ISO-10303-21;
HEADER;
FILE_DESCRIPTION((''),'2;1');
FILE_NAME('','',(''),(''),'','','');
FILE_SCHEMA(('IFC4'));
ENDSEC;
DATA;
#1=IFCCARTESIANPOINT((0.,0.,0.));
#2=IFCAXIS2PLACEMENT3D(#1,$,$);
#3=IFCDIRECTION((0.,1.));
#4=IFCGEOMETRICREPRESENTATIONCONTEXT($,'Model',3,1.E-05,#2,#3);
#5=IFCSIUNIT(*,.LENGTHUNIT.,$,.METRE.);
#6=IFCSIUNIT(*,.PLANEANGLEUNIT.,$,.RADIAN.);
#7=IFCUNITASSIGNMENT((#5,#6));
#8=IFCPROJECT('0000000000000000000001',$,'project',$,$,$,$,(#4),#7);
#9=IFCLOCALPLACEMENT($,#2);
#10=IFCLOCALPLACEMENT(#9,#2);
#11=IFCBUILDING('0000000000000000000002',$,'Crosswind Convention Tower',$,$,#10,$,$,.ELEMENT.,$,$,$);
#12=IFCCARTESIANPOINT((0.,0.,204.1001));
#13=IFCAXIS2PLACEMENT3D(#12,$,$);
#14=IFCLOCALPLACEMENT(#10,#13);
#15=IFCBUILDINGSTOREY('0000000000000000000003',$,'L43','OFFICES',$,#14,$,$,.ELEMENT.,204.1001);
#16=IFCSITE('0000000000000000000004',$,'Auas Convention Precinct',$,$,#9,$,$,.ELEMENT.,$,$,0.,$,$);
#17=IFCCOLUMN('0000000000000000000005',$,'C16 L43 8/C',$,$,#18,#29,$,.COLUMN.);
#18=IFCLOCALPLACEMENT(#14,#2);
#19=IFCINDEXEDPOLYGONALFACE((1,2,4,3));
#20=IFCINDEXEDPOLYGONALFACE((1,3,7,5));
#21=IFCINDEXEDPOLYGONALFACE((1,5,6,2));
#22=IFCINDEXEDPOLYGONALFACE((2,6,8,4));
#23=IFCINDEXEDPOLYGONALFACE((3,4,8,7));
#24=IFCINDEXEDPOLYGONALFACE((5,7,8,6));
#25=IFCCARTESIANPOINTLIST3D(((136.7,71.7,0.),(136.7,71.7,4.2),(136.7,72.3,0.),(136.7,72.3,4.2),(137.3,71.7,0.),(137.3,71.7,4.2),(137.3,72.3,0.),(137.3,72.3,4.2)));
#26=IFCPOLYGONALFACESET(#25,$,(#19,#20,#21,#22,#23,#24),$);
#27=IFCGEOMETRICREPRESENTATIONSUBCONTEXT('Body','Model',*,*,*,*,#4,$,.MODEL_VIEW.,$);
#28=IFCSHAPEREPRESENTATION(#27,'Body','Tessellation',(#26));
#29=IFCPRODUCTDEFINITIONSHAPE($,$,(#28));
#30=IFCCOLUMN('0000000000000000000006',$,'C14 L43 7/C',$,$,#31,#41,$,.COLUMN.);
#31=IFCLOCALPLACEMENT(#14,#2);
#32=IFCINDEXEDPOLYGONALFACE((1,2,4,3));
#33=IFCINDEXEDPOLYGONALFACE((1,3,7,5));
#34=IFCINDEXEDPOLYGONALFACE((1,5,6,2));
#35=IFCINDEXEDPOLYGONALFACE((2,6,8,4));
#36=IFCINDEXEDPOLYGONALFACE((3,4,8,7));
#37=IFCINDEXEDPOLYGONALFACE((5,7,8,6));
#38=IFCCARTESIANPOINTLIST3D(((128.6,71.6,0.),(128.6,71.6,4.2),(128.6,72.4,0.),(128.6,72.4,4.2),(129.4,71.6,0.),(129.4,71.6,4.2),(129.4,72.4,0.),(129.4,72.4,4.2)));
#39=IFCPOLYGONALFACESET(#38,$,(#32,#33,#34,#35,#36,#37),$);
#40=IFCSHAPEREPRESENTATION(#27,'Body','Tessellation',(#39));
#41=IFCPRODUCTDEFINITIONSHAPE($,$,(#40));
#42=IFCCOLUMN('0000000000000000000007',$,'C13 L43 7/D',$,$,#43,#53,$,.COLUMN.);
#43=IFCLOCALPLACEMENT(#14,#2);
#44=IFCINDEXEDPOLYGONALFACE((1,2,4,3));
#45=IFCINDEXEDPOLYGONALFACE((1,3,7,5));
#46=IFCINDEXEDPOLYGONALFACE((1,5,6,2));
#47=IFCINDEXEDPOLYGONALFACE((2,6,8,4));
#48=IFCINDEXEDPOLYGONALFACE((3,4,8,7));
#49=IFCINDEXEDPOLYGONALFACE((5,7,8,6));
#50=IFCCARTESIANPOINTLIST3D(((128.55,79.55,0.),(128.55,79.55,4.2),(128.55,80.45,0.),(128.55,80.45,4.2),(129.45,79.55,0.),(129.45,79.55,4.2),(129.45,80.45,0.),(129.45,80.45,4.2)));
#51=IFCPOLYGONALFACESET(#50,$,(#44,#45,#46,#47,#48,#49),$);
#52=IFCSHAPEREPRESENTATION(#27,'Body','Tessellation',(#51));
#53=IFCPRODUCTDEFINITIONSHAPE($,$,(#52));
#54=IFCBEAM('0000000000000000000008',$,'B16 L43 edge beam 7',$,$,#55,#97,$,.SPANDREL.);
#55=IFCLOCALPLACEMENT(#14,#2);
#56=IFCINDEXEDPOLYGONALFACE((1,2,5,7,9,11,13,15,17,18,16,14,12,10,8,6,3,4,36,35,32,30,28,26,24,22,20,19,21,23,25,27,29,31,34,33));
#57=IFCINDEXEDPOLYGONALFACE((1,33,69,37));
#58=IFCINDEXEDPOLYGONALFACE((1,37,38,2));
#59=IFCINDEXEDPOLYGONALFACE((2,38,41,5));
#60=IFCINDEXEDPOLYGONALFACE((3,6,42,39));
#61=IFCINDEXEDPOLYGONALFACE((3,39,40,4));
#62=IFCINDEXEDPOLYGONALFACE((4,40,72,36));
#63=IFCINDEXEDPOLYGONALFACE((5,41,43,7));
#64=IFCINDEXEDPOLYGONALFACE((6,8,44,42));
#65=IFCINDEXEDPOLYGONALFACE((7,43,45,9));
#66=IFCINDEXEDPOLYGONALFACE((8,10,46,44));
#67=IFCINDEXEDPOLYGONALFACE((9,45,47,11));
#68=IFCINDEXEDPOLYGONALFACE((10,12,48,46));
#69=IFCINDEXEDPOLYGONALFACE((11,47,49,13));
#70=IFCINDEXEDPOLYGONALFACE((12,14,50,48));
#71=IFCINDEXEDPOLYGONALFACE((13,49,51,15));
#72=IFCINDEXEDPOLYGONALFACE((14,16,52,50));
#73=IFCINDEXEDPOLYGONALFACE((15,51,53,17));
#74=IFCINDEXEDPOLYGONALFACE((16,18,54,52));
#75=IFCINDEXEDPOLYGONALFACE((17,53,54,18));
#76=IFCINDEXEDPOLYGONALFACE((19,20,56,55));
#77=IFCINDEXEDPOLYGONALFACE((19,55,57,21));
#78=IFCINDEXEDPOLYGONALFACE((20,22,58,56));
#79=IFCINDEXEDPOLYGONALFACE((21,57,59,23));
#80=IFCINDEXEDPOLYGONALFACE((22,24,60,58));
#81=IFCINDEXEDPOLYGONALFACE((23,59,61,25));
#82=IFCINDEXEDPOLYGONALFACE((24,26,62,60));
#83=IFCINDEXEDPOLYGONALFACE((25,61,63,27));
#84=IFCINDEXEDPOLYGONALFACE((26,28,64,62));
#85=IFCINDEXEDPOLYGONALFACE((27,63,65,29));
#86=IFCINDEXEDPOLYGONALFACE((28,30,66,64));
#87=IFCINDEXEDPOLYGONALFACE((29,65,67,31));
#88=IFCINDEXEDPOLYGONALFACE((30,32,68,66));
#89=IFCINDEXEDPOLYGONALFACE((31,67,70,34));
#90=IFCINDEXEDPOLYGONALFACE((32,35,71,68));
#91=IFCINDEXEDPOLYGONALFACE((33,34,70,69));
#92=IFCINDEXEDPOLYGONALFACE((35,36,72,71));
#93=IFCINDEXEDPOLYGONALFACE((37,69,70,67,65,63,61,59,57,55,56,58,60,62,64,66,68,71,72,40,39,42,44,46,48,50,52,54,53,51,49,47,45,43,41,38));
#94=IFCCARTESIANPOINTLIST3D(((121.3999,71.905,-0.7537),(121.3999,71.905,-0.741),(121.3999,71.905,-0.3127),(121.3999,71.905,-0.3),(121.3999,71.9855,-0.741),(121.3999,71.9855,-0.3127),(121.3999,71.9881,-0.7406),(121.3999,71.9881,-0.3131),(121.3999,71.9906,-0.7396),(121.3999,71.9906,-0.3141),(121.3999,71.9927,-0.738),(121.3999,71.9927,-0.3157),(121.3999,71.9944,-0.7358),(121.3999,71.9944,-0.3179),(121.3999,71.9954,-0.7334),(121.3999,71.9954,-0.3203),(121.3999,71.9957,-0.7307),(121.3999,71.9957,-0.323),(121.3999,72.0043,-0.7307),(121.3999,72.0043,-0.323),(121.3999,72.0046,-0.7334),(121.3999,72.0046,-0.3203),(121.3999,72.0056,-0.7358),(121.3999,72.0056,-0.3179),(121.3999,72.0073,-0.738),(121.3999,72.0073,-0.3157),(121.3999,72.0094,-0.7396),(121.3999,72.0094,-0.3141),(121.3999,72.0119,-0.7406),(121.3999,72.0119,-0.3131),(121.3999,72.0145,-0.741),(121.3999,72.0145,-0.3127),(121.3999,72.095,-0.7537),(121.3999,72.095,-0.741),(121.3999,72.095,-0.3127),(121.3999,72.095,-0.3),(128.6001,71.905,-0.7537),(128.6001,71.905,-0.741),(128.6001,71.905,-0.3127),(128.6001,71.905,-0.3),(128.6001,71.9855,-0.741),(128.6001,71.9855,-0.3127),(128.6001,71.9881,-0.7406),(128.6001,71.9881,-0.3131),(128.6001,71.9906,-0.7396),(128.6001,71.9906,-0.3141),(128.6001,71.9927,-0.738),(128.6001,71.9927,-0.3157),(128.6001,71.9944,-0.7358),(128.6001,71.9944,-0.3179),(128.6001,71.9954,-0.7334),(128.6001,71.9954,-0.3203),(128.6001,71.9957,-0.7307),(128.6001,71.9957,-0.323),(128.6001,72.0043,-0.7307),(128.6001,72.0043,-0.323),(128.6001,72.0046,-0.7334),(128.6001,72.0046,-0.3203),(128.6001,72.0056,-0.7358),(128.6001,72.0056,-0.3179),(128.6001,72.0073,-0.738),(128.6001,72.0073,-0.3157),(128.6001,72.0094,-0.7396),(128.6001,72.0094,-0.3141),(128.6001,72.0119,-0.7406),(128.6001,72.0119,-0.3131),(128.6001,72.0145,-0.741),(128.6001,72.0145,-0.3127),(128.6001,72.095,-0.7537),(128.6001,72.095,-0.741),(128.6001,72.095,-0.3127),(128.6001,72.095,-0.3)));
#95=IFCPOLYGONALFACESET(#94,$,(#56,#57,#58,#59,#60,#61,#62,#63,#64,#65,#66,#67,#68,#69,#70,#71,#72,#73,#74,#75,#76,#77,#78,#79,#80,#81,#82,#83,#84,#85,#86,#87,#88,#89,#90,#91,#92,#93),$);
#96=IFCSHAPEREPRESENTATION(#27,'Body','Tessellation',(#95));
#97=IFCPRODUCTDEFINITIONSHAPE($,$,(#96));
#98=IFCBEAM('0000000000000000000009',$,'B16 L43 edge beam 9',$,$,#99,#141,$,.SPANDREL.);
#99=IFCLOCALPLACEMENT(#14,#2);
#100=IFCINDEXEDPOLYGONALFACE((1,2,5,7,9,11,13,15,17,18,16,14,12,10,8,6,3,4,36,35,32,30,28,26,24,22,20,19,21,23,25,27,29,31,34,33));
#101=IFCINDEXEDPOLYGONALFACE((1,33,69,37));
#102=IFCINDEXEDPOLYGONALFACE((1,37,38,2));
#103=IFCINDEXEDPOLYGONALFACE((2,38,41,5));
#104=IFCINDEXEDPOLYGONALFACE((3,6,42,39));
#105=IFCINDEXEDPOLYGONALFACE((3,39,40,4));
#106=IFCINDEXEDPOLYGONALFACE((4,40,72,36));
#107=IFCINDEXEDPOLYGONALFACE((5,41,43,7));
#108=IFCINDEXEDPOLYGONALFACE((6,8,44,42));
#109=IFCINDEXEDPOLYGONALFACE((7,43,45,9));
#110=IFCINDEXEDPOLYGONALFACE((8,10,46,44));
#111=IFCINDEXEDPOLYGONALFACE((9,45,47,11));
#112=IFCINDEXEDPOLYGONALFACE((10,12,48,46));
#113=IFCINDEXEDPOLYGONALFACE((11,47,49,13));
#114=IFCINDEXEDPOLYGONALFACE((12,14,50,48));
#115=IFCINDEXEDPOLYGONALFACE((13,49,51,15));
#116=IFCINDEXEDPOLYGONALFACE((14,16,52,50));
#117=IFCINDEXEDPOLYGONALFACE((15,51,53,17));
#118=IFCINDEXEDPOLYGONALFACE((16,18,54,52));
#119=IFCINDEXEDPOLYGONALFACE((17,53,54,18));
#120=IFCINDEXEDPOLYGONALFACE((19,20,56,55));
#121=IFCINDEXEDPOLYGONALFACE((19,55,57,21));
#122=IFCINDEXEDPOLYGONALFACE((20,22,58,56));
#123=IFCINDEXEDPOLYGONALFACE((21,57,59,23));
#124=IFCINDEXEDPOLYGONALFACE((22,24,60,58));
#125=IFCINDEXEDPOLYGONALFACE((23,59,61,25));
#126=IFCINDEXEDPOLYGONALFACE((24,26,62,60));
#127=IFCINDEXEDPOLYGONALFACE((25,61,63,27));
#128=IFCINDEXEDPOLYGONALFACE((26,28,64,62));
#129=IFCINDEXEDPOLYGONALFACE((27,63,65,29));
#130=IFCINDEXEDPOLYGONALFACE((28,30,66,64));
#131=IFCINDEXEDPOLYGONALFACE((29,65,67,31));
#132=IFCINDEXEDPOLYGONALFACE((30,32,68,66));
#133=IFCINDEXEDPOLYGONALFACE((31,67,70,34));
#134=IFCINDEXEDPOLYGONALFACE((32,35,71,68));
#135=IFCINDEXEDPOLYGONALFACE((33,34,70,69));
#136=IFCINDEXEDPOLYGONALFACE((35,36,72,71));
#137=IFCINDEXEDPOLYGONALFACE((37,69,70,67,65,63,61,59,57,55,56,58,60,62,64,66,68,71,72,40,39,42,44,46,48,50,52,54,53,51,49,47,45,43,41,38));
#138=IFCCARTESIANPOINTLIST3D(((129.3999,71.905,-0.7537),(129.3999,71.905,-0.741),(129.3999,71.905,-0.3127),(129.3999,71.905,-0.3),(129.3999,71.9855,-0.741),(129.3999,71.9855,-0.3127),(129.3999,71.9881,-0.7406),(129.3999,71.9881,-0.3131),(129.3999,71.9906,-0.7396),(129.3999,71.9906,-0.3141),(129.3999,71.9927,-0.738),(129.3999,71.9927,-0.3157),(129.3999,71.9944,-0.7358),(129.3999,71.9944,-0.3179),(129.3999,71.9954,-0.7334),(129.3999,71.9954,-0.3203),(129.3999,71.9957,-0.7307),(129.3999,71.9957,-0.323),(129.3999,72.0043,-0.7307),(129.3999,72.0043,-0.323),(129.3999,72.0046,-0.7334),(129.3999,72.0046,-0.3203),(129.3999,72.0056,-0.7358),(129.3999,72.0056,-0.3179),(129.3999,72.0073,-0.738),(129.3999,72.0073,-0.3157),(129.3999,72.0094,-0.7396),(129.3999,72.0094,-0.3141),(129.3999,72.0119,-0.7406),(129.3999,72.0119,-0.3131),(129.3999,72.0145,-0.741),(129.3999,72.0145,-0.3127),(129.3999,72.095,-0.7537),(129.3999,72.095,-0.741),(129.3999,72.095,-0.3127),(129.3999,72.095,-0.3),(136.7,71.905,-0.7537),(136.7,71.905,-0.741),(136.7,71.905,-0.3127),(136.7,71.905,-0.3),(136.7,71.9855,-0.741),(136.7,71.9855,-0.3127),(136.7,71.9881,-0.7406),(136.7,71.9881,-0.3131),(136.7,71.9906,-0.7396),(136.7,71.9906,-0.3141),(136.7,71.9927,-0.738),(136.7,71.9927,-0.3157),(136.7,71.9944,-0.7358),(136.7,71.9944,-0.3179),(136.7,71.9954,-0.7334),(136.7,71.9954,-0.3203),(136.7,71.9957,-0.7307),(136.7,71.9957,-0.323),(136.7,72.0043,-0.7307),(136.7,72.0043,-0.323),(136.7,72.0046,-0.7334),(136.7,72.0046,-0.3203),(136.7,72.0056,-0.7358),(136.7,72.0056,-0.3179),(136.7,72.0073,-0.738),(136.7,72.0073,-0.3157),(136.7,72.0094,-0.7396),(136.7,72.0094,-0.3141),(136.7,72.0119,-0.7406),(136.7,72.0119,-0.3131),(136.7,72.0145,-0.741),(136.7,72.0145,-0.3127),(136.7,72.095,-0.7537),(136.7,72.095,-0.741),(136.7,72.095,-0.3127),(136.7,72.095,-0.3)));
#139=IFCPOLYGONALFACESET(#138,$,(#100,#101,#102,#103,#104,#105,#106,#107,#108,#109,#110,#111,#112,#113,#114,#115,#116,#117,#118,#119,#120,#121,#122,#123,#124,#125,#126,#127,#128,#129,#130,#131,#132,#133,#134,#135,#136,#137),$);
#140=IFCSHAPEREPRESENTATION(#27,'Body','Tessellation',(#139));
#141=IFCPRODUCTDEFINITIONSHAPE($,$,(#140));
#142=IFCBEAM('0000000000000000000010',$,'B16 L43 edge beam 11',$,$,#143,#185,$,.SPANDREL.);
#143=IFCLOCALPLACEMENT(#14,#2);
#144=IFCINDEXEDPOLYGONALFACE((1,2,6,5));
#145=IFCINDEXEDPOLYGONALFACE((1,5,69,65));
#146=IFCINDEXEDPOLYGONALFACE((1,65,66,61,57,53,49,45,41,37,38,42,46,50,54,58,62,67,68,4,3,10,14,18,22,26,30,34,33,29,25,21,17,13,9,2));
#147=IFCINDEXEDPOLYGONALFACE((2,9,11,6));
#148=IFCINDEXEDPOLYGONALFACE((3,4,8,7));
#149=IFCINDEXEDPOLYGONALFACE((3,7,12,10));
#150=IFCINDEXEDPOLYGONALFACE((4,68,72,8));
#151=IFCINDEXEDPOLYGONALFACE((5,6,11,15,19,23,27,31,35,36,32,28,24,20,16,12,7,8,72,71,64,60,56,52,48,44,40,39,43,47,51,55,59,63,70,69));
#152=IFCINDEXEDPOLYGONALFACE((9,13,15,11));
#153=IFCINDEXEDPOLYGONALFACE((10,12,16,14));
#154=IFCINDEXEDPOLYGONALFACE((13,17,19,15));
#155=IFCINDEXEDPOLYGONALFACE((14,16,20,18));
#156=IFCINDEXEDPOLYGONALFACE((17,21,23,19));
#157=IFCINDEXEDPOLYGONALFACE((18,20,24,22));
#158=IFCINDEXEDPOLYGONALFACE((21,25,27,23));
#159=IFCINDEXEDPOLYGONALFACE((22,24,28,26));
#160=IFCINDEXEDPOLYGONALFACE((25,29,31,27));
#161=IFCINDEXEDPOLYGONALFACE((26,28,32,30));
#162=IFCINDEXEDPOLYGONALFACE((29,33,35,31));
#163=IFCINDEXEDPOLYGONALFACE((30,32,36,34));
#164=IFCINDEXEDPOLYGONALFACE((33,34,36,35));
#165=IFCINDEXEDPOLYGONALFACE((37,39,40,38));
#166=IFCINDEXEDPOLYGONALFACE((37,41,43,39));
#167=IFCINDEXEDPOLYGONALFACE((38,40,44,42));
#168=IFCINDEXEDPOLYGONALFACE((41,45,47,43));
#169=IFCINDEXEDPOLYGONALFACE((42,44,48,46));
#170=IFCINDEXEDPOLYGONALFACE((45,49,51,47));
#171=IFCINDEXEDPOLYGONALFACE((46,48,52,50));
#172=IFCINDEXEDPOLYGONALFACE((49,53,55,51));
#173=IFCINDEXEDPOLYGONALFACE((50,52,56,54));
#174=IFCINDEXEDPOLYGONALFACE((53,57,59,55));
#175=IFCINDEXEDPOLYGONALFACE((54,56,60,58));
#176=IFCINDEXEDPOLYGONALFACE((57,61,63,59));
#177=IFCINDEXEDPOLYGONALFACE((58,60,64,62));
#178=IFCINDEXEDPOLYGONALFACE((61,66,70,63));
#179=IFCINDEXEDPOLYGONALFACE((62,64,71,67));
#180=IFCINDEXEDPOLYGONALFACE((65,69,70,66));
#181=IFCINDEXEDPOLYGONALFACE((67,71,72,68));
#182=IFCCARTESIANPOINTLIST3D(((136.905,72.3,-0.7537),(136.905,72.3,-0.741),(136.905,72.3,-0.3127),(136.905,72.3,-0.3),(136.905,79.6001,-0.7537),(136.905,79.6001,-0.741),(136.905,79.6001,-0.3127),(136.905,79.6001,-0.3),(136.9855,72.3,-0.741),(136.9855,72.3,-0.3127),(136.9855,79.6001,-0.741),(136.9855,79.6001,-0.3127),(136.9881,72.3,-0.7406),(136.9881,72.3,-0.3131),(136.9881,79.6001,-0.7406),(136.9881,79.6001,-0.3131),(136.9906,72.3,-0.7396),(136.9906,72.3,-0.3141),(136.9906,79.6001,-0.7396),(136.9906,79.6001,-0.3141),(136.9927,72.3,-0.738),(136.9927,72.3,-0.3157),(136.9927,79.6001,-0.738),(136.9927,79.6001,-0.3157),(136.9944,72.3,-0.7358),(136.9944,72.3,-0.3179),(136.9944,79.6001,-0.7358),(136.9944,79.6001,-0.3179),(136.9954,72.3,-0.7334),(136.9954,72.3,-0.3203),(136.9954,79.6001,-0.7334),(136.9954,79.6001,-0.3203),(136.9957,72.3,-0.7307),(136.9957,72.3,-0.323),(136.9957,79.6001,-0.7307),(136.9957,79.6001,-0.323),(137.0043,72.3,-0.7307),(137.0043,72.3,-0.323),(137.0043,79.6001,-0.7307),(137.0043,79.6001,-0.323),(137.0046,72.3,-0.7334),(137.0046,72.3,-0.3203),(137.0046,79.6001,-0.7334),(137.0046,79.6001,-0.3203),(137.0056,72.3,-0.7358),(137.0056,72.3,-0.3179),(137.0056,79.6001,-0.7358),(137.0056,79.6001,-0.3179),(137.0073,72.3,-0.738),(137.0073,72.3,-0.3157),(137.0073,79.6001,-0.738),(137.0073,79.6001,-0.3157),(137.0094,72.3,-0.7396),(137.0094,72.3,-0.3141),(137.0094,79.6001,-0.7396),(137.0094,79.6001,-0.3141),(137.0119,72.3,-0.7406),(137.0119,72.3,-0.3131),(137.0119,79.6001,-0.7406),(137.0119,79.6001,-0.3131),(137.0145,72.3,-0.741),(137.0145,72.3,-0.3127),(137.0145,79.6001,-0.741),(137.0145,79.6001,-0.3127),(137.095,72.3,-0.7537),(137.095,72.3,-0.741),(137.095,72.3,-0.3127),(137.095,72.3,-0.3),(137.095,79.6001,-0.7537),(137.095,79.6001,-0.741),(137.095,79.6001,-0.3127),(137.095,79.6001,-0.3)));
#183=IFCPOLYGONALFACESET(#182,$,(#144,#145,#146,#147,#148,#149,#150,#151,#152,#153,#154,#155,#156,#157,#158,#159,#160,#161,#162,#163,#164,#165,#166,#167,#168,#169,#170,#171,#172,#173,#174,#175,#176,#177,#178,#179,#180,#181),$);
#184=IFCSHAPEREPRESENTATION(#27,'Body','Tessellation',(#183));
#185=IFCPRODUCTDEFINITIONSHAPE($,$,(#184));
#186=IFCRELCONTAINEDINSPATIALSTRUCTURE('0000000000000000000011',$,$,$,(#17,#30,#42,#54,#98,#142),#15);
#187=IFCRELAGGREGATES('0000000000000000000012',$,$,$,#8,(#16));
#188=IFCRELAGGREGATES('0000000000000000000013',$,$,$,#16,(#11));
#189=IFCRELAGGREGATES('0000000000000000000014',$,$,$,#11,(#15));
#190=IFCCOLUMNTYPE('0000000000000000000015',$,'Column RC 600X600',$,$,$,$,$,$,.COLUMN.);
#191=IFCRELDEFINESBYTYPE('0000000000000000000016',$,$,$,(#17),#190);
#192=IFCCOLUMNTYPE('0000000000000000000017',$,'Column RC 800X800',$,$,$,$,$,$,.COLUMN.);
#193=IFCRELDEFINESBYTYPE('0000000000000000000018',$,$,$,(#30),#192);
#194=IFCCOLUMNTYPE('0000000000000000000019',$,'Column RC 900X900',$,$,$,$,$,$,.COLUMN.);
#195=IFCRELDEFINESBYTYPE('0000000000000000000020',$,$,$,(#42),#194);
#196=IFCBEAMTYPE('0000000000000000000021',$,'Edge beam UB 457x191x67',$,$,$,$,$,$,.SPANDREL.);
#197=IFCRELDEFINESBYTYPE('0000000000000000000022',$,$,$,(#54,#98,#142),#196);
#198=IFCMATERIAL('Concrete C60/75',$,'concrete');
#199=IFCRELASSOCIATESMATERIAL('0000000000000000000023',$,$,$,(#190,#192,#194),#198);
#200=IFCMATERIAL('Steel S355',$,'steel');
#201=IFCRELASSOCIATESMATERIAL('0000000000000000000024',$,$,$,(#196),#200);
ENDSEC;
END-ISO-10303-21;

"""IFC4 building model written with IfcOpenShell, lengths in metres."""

from ifc_helpers import new_model, si_unit, direction, frame, origin, origin_2d, place, context, subcontext, project, spatial, rectangle, i_section, extrude, material, material_profile, profile_set, type_object, element, save


model = new_model("IFC4")

# Units and contexts
model_context = context("Model", 3, precision=1e-05, world=origin(), true_north=direction((0.0, 1.0)))
body_context = subcontext(model_context, "Body", "Model", "MODEL_VIEW")
ifc_project = project(units=[si_unit("LENGTHUNIT", "METRE"), si_unit("PLANEANGLEUNIT", "RADIAN")], contexts=[model_context])

# Site, building, storey
site_placement = place(None, origin())
site = spatial("IfcSite", under=ifc_project, at=site_placement, Name="Auas Convention Precinct", CompositionType="ELEMENT", RefElevation=0.0)
building_placement = place(site_placement, origin())
building = spatial("IfcBuilding", under=site, at=building_placement, Name="Crosswind Convention Tower", CompositionType="ELEMENT")
storey_placement = place(building_placement, frame((0.0, 0.0, 204.1001)))
storey = spatial("IfcBuildingStorey", under=building, at=storey_placement, Name="L43", Description="OFFICES", CompositionType="ELEMENT", Elevation=204.1001)

# Columns
ifc_material_1 = material(Name="Concrete C60/75", Category="concrete")
ifc_material_profile_1 = material_profile(ifc_material_1, rectangle(XDim=0.6001, YDim=0.6001, at=origin_2d()), Name="RC 600X600")
ifc_profile_set_1 = profile_set([ifc_material_profile_1], Name="Concrete C60/75")
column_type_1 = type_object("IfcColumnType", Name="Column RC 600X600", PredefinedType="COLUMN", material=ifc_profile_set_1)
column_1_placement = place(storey_placement, frame((137.0, 72.0, 0.0), z_axis=(0.0, 0.0, 1.0), x_axis=(1.0, 0.0, 0.0)))
element("IfcColumn", 1, at=column_1_placement, inside=storey, type_object=column_type_1, Name="C16 L43 8/C", PredefinedType="COLUMN", context=body_context, shape_type="SweptSolid", body=[
    extrude(rectangle(XDim=0.6001, YDim=0.6001, at=origin_2d()), origin(), (0.0, 0.0, 1.0), 4.2),
])
ifc_material_profile_2 = material_profile(ifc_material_1, rectangle(XDim=0.8, YDim=0.8, at=origin_2d()), Name="RC 800X800")
ifc_profile_set_2 = profile_set([ifc_material_profile_2], Name="Concrete C60/75")
column_type_2 = type_object("IfcColumnType", Name="Column RC 800X800", PredefinedType="COLUMN", material=ifc_profile_set_2)
column_2_placement = place(storey_placement, frame((129.0, 72.0, 0.0), z_axis=(0.0, 0.0, 1.0), x_axis=(1.0, 0.0, 0.0)))
element("IfcColumn", 2, at=column_2_placement, inside=storey, type_object=column_type_2, Name="C14 L43 7/C", PredefinedType="COLUMN", context=body_context, shape_type="SweptSolid", body=[
    extrude(rectangle(XDim=0.8, YDim=0.8, at=origin_2d()), origin(), (0.0, 0.0, 1.0), 4.2),
])
ifc_material_profile_3 = material_profile(ifc_material_1, rectangle(XDim=0.8999, YDim=0.8999, at=origin_2d()), Name="RC 900X900")
ifc_profile_set_3 = profile_set([ifc_material_profile_3], Name="Concrete C60/75")
column_type_3 = type_object("IfcColumnType", Name="Column RC 900X900", PredefinedType="COLUMN", material=ifc_profile_set_3)
column_3_placement = place(storey_placement, frame((129.0, 80.0, 0.0), z_axis=(0.0, 0.0, 1.0), x_axis=(1.0, 0.0, 0.0)))
element("IfcColumn", 3, at=column_3_placement, inside=storey, type_object=column_type_3, Name="C13 L43 7/D", PredefinedType="COLUMN", context=body_context, shape_type="SweptSolid", body=[
    extrude(rectangle(XDim=0.8999, YDim=0.8999, at=origin_2d()), origin(), (0.0, 0.0, 1.0), 4.2),
])

# Beams
ifc_material_2 = material(Name="Steel S355", Category="steel")
ifc_material_profile_4 = material_profile(ifc_material_2, i_section(OverallWidth=0.1899, OverallDepth=0.4536, WebThickness=0.0085, FlangeThickness=0.0127, FilletRadius=0.0103, at=origin_2d()), Name="UB 457x191x67")
ifc_profile_set_4 = profile_set([ifc_material_profile_4], Name="Steel S355")
beam_type_1 = type_object("IfcBeamType", Name="Edge beam UB 457x191x67", PredefinedType="SPANDREL", material=ifc_profile_set_4)
beam_1_placement = place(storey_placement, frame((121.3999, 72.0, -0.5269), z_axis=(1.0, 0.0, 0.0), x_axis=(0.0, 1.0, 0.0)))
element("IfcBeam", 4, at=beam_1_placement, inside=storey, type_object=beam_type_1, Name="B16 L43 edge beam 7", PredefinedType="SPANDREL", context=body_context, shape_type="SweptSolid", body=[
    extrude(i_section(OverallWidth=0.1899, OverallDepth=0.4536, WebThickness=0.0085, FlangeThickness=0.0127, FilletRadius=0.0103, at=origin_2d()), origin(), (0.0, 0.0, 1.0), 7.2002),
])
for number, where, z_axis, x_axis, name in (
    (5, (129.3999, 72.0, -0.5269), (1.0, 0.0, 0.0), (0.0, 1.0, 0.0), "B16 L43 edge beam 9"),
    (6, (137.0, 72.3, -0.5269), (0.0, 1.0, 0.0), (-1.0, 0.0, 0.0), "B16 L43 edge beam 11"),
):
    element("IfcBeam", number, at=place(storey_placement, frame(where, z_axis=z_axis, x_axis=x_axis)), inside=storey, type_object=beam_type_1, Name=name, PredefinedType="SPANDREL", context=body_context, shape_type="SweptSolid", body=[
        extrude(i_section(OverallWidth=0.1899, OverallDepth=0.4536, WebThickness=0.0085, FlangeThickness=0.0127, FilletRadius=0.0103, at=origin_2d()), origin(), (0.0, 0.0, 1.0), 7.3),
    ])

save(model, "model.ifc")
